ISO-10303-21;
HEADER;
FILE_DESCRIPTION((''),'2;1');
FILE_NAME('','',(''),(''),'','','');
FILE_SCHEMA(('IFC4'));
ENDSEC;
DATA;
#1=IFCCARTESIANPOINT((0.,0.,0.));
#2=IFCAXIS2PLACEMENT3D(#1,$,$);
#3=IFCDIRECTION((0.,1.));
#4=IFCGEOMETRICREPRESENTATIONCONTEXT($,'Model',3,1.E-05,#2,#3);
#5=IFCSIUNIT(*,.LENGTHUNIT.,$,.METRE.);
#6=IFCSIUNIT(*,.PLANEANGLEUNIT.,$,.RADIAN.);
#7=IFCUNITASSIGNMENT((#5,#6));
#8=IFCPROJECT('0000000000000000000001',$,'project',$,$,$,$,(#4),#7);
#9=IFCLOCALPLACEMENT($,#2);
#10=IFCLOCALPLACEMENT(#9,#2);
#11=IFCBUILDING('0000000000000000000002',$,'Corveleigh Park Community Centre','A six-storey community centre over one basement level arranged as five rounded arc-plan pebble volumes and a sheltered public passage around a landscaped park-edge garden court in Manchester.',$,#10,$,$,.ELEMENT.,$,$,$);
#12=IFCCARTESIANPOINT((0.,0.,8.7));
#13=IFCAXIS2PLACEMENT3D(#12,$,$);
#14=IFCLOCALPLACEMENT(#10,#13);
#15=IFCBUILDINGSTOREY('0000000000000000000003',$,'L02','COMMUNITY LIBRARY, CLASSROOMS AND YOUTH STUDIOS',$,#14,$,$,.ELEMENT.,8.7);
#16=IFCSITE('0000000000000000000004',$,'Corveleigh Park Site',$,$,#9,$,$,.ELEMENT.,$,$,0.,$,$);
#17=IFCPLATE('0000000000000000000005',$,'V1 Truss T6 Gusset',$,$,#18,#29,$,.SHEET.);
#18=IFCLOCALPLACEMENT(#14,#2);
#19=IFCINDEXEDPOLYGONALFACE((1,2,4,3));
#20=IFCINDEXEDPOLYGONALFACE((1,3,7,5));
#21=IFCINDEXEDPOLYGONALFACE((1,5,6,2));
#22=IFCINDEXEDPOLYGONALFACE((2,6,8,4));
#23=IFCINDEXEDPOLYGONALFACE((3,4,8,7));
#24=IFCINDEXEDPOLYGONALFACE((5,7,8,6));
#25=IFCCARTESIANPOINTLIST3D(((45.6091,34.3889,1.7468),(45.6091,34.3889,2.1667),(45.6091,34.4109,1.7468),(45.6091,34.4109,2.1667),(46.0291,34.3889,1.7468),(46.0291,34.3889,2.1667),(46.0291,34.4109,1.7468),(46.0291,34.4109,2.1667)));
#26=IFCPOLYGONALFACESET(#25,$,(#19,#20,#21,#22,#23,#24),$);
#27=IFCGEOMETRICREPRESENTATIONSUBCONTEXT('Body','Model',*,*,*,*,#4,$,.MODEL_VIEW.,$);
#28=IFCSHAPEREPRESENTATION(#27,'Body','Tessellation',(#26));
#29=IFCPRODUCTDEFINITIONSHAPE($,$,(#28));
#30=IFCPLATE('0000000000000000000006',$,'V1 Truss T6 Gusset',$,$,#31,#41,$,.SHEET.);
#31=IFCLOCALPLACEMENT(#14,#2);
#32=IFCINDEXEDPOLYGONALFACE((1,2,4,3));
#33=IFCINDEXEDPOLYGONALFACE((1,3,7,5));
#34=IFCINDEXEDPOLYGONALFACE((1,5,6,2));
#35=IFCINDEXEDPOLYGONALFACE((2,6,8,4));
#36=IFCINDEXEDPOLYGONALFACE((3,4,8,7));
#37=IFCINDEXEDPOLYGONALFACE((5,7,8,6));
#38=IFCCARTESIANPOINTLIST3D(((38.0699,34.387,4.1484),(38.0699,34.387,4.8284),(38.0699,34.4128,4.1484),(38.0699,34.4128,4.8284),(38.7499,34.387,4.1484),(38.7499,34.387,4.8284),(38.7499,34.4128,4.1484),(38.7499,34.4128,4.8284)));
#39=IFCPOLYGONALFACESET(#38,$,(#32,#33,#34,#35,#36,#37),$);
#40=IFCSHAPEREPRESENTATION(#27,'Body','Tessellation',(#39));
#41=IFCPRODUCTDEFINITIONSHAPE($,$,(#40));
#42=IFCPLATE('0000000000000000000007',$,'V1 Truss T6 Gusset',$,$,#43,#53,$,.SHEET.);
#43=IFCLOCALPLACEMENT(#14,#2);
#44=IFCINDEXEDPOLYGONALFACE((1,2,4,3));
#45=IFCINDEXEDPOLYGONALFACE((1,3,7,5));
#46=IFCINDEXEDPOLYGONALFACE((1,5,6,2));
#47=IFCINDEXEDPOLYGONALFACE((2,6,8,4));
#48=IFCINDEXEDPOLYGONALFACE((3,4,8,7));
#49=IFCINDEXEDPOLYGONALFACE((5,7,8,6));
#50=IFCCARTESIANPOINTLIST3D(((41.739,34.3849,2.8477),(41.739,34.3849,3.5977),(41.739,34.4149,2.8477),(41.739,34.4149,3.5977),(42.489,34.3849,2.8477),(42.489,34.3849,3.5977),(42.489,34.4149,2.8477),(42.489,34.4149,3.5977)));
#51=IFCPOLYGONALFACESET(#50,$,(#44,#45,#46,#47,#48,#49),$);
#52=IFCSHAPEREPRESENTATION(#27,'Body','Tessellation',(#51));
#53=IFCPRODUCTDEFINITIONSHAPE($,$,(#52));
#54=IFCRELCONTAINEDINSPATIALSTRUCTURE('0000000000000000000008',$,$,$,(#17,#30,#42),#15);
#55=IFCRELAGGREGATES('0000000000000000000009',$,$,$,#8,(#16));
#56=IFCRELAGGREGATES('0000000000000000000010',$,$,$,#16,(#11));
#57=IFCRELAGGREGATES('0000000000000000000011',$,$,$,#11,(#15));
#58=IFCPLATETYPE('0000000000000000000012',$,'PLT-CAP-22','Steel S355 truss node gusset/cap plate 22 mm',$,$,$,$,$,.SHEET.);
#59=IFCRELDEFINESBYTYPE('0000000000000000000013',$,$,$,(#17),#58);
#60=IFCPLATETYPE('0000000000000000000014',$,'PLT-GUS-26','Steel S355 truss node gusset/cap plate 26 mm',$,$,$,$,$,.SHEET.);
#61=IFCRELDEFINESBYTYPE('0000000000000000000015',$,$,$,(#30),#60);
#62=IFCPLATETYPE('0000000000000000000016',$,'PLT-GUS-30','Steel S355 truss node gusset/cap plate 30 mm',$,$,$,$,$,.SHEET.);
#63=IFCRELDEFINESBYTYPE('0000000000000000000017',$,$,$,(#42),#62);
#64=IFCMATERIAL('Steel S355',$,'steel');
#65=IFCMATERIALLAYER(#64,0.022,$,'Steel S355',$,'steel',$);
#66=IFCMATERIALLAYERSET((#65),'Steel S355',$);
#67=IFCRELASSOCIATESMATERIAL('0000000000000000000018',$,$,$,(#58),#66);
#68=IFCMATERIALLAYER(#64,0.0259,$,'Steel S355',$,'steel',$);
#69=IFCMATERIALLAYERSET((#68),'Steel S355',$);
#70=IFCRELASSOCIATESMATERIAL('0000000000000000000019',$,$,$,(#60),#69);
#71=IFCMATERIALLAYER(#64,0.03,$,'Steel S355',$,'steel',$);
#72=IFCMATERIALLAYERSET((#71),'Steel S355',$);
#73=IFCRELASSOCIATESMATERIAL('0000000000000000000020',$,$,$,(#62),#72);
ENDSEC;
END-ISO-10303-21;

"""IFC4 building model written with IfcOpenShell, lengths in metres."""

from ifc_helpers import new_model, si_unit, direction, frame, origin, origin_2d, place, context, subcontext, project, spatial, rectangle, extrude, material, layer, layer_set, type_object, element, save


model = new_model("IFC4")

# Units and contexts
model_context = context("Model", 3, precision=1e-05, world=origin(), true_north=direction((0.0, 1.0)))
body_context = subcontext(model_context, "Body", "Model", "MODEL_VIEW")
ifc_project = project(units=[si_unit("LENGTHUNIT", "METRE"), si_unit("PLANEANGLEUNIT", "RADIAN")], contexts=[model_context])

# Site, building, storey
site_placement = place(None, origin())
site = spatial("IfcSite", under=ifc_project, at=site_placement, Name="Corveleigh Park Site", CompositionType="ELEMENT", RefElevation=0.0)
building_placement = place(site_placement, origin())
building = spatial("IfcBuilding", under=site, at=building_placement, Name="Corveleigh Park Community Centre", Description="A six-storey community centre over one basement level arranged as five rounded arc-plan pebble volumes and a sheltered public passage around a landscaped park-edge garden court in Manchester.", CompositionType="ELEMENT")
storey_placement = place(building_placement, frame((0.0, 0.0, 8.7)))
storey = spatial("IfcBuildingStorey", under=building, at=storey_placement, Name="L02", Description="COMMUNITY LIBRARY, CLASSROOMS AND YOUTH STUDIOS", CompositionType="ELEMENT", Elevation=8.7)

# Shared definitions
ifc_material_1 = material(Name="Steel S355", Category="steel")

# Plates
ifc_layer_1 = layer(ifc_material_1, 0.022, Name="Steel S355", Category="steel")
ifc_layer_set_1 = layer_set([ifc_layer_1], Name="Steel S355")
plate_type_1 = type_object("IfcPlateType", Name="PLT-CAP-22", Description="Steel S355 truss node gusset/cap plate 22 mm", PredefinedType="SHEET", material=ifc_layer_set_1)
plate_1_placement = place(storey_placement, frame((45.8191, 34.3999, 1.7468), z_axis=(0.0, 0.0, 1.0), x_axis=(1.0, 0.0, 0.0)))
element("IfcPlate", 1, at=plate_1_placement, inside=storey, type_object=plate_type_1, Name="V1 Truss T6 Gusset", PredefinedType="SHEET", context=body_context, shape_type="SweptSolid", body=[
    extrude(rectangle(XDim=0.4199, YDim=0.022, at=origin_2d()), origin(), (0.0, 0.0, 1.0), 0.4199),
])
ifc_layer_2 = layer(ifc_material_1, 0.0259, Name="Steel S355", Category="steel")
ifc_layer_set_2 = layer_set([ifc_layer_2], Name="Steel S355")
plate_type_2 = type_object("IfcPlateType", Name="PLT-GUS-26", Description="Steel S355 truss node gusset/cap plate 26 mm", PredefinedType="SHEET", material=ifc_layer_set_2)
plate_2_placement = place(storey_placement, frame((38.4099, 34.3999, 4.1484), z_axis=(0.0, 0.0, 1.0), x_axis=(1.0, 0.0, 0.0)))
element("IfcPlate", 2, at=plate_2_placement, inside=storey, type_object=plate_type_2, Name="V1 Truss T6 Gusset", PredefinedType="SHEET", context=body_context, shape_type="SweptSolid", body=[
    extrude(rectangle(XDim=0.6799, YDim=0.0259, at=origin_2d()), origin(), (0.0, 0.0, 1.0), 0.6799),
])
ifc_layer_3 = layer(ifc_material_1, 0.03, Name="Steel S355", Category="steel")
ifc_layer_set_3 = layer_set([ifc_layer_3], Name="Steel S355")
plate_type_3 = type_object("IfcPlateType", Name="PLT-GUS-30", Description="Steel S355 truss node gusset/cap plate 30 mm", PredefinedType="SHEET", material=ifc_layer_set_3)
plate_3_placement = place(storey_placement, frame((42.114, 34.3999, 2.8477), z_axis=(0.0, 0.0, 1.0), x_axis=(1.0, 0.0, 0.0)))
element("IfcPlate", 3, at=plate_3_placement, inside=storey, type_object=plate_type_3, Name="V1 Truss T6 Gusset", PredefinedType="SHEET", context=body_context, shape_type="SweptSolid", body=[
    extrude(rectangle(XDim=0.75, YDim=0.03, at=origin_2d()), origin(), (0.0, 0.0, 1.0), 0.75),
])

save(model, "model.ifc")
